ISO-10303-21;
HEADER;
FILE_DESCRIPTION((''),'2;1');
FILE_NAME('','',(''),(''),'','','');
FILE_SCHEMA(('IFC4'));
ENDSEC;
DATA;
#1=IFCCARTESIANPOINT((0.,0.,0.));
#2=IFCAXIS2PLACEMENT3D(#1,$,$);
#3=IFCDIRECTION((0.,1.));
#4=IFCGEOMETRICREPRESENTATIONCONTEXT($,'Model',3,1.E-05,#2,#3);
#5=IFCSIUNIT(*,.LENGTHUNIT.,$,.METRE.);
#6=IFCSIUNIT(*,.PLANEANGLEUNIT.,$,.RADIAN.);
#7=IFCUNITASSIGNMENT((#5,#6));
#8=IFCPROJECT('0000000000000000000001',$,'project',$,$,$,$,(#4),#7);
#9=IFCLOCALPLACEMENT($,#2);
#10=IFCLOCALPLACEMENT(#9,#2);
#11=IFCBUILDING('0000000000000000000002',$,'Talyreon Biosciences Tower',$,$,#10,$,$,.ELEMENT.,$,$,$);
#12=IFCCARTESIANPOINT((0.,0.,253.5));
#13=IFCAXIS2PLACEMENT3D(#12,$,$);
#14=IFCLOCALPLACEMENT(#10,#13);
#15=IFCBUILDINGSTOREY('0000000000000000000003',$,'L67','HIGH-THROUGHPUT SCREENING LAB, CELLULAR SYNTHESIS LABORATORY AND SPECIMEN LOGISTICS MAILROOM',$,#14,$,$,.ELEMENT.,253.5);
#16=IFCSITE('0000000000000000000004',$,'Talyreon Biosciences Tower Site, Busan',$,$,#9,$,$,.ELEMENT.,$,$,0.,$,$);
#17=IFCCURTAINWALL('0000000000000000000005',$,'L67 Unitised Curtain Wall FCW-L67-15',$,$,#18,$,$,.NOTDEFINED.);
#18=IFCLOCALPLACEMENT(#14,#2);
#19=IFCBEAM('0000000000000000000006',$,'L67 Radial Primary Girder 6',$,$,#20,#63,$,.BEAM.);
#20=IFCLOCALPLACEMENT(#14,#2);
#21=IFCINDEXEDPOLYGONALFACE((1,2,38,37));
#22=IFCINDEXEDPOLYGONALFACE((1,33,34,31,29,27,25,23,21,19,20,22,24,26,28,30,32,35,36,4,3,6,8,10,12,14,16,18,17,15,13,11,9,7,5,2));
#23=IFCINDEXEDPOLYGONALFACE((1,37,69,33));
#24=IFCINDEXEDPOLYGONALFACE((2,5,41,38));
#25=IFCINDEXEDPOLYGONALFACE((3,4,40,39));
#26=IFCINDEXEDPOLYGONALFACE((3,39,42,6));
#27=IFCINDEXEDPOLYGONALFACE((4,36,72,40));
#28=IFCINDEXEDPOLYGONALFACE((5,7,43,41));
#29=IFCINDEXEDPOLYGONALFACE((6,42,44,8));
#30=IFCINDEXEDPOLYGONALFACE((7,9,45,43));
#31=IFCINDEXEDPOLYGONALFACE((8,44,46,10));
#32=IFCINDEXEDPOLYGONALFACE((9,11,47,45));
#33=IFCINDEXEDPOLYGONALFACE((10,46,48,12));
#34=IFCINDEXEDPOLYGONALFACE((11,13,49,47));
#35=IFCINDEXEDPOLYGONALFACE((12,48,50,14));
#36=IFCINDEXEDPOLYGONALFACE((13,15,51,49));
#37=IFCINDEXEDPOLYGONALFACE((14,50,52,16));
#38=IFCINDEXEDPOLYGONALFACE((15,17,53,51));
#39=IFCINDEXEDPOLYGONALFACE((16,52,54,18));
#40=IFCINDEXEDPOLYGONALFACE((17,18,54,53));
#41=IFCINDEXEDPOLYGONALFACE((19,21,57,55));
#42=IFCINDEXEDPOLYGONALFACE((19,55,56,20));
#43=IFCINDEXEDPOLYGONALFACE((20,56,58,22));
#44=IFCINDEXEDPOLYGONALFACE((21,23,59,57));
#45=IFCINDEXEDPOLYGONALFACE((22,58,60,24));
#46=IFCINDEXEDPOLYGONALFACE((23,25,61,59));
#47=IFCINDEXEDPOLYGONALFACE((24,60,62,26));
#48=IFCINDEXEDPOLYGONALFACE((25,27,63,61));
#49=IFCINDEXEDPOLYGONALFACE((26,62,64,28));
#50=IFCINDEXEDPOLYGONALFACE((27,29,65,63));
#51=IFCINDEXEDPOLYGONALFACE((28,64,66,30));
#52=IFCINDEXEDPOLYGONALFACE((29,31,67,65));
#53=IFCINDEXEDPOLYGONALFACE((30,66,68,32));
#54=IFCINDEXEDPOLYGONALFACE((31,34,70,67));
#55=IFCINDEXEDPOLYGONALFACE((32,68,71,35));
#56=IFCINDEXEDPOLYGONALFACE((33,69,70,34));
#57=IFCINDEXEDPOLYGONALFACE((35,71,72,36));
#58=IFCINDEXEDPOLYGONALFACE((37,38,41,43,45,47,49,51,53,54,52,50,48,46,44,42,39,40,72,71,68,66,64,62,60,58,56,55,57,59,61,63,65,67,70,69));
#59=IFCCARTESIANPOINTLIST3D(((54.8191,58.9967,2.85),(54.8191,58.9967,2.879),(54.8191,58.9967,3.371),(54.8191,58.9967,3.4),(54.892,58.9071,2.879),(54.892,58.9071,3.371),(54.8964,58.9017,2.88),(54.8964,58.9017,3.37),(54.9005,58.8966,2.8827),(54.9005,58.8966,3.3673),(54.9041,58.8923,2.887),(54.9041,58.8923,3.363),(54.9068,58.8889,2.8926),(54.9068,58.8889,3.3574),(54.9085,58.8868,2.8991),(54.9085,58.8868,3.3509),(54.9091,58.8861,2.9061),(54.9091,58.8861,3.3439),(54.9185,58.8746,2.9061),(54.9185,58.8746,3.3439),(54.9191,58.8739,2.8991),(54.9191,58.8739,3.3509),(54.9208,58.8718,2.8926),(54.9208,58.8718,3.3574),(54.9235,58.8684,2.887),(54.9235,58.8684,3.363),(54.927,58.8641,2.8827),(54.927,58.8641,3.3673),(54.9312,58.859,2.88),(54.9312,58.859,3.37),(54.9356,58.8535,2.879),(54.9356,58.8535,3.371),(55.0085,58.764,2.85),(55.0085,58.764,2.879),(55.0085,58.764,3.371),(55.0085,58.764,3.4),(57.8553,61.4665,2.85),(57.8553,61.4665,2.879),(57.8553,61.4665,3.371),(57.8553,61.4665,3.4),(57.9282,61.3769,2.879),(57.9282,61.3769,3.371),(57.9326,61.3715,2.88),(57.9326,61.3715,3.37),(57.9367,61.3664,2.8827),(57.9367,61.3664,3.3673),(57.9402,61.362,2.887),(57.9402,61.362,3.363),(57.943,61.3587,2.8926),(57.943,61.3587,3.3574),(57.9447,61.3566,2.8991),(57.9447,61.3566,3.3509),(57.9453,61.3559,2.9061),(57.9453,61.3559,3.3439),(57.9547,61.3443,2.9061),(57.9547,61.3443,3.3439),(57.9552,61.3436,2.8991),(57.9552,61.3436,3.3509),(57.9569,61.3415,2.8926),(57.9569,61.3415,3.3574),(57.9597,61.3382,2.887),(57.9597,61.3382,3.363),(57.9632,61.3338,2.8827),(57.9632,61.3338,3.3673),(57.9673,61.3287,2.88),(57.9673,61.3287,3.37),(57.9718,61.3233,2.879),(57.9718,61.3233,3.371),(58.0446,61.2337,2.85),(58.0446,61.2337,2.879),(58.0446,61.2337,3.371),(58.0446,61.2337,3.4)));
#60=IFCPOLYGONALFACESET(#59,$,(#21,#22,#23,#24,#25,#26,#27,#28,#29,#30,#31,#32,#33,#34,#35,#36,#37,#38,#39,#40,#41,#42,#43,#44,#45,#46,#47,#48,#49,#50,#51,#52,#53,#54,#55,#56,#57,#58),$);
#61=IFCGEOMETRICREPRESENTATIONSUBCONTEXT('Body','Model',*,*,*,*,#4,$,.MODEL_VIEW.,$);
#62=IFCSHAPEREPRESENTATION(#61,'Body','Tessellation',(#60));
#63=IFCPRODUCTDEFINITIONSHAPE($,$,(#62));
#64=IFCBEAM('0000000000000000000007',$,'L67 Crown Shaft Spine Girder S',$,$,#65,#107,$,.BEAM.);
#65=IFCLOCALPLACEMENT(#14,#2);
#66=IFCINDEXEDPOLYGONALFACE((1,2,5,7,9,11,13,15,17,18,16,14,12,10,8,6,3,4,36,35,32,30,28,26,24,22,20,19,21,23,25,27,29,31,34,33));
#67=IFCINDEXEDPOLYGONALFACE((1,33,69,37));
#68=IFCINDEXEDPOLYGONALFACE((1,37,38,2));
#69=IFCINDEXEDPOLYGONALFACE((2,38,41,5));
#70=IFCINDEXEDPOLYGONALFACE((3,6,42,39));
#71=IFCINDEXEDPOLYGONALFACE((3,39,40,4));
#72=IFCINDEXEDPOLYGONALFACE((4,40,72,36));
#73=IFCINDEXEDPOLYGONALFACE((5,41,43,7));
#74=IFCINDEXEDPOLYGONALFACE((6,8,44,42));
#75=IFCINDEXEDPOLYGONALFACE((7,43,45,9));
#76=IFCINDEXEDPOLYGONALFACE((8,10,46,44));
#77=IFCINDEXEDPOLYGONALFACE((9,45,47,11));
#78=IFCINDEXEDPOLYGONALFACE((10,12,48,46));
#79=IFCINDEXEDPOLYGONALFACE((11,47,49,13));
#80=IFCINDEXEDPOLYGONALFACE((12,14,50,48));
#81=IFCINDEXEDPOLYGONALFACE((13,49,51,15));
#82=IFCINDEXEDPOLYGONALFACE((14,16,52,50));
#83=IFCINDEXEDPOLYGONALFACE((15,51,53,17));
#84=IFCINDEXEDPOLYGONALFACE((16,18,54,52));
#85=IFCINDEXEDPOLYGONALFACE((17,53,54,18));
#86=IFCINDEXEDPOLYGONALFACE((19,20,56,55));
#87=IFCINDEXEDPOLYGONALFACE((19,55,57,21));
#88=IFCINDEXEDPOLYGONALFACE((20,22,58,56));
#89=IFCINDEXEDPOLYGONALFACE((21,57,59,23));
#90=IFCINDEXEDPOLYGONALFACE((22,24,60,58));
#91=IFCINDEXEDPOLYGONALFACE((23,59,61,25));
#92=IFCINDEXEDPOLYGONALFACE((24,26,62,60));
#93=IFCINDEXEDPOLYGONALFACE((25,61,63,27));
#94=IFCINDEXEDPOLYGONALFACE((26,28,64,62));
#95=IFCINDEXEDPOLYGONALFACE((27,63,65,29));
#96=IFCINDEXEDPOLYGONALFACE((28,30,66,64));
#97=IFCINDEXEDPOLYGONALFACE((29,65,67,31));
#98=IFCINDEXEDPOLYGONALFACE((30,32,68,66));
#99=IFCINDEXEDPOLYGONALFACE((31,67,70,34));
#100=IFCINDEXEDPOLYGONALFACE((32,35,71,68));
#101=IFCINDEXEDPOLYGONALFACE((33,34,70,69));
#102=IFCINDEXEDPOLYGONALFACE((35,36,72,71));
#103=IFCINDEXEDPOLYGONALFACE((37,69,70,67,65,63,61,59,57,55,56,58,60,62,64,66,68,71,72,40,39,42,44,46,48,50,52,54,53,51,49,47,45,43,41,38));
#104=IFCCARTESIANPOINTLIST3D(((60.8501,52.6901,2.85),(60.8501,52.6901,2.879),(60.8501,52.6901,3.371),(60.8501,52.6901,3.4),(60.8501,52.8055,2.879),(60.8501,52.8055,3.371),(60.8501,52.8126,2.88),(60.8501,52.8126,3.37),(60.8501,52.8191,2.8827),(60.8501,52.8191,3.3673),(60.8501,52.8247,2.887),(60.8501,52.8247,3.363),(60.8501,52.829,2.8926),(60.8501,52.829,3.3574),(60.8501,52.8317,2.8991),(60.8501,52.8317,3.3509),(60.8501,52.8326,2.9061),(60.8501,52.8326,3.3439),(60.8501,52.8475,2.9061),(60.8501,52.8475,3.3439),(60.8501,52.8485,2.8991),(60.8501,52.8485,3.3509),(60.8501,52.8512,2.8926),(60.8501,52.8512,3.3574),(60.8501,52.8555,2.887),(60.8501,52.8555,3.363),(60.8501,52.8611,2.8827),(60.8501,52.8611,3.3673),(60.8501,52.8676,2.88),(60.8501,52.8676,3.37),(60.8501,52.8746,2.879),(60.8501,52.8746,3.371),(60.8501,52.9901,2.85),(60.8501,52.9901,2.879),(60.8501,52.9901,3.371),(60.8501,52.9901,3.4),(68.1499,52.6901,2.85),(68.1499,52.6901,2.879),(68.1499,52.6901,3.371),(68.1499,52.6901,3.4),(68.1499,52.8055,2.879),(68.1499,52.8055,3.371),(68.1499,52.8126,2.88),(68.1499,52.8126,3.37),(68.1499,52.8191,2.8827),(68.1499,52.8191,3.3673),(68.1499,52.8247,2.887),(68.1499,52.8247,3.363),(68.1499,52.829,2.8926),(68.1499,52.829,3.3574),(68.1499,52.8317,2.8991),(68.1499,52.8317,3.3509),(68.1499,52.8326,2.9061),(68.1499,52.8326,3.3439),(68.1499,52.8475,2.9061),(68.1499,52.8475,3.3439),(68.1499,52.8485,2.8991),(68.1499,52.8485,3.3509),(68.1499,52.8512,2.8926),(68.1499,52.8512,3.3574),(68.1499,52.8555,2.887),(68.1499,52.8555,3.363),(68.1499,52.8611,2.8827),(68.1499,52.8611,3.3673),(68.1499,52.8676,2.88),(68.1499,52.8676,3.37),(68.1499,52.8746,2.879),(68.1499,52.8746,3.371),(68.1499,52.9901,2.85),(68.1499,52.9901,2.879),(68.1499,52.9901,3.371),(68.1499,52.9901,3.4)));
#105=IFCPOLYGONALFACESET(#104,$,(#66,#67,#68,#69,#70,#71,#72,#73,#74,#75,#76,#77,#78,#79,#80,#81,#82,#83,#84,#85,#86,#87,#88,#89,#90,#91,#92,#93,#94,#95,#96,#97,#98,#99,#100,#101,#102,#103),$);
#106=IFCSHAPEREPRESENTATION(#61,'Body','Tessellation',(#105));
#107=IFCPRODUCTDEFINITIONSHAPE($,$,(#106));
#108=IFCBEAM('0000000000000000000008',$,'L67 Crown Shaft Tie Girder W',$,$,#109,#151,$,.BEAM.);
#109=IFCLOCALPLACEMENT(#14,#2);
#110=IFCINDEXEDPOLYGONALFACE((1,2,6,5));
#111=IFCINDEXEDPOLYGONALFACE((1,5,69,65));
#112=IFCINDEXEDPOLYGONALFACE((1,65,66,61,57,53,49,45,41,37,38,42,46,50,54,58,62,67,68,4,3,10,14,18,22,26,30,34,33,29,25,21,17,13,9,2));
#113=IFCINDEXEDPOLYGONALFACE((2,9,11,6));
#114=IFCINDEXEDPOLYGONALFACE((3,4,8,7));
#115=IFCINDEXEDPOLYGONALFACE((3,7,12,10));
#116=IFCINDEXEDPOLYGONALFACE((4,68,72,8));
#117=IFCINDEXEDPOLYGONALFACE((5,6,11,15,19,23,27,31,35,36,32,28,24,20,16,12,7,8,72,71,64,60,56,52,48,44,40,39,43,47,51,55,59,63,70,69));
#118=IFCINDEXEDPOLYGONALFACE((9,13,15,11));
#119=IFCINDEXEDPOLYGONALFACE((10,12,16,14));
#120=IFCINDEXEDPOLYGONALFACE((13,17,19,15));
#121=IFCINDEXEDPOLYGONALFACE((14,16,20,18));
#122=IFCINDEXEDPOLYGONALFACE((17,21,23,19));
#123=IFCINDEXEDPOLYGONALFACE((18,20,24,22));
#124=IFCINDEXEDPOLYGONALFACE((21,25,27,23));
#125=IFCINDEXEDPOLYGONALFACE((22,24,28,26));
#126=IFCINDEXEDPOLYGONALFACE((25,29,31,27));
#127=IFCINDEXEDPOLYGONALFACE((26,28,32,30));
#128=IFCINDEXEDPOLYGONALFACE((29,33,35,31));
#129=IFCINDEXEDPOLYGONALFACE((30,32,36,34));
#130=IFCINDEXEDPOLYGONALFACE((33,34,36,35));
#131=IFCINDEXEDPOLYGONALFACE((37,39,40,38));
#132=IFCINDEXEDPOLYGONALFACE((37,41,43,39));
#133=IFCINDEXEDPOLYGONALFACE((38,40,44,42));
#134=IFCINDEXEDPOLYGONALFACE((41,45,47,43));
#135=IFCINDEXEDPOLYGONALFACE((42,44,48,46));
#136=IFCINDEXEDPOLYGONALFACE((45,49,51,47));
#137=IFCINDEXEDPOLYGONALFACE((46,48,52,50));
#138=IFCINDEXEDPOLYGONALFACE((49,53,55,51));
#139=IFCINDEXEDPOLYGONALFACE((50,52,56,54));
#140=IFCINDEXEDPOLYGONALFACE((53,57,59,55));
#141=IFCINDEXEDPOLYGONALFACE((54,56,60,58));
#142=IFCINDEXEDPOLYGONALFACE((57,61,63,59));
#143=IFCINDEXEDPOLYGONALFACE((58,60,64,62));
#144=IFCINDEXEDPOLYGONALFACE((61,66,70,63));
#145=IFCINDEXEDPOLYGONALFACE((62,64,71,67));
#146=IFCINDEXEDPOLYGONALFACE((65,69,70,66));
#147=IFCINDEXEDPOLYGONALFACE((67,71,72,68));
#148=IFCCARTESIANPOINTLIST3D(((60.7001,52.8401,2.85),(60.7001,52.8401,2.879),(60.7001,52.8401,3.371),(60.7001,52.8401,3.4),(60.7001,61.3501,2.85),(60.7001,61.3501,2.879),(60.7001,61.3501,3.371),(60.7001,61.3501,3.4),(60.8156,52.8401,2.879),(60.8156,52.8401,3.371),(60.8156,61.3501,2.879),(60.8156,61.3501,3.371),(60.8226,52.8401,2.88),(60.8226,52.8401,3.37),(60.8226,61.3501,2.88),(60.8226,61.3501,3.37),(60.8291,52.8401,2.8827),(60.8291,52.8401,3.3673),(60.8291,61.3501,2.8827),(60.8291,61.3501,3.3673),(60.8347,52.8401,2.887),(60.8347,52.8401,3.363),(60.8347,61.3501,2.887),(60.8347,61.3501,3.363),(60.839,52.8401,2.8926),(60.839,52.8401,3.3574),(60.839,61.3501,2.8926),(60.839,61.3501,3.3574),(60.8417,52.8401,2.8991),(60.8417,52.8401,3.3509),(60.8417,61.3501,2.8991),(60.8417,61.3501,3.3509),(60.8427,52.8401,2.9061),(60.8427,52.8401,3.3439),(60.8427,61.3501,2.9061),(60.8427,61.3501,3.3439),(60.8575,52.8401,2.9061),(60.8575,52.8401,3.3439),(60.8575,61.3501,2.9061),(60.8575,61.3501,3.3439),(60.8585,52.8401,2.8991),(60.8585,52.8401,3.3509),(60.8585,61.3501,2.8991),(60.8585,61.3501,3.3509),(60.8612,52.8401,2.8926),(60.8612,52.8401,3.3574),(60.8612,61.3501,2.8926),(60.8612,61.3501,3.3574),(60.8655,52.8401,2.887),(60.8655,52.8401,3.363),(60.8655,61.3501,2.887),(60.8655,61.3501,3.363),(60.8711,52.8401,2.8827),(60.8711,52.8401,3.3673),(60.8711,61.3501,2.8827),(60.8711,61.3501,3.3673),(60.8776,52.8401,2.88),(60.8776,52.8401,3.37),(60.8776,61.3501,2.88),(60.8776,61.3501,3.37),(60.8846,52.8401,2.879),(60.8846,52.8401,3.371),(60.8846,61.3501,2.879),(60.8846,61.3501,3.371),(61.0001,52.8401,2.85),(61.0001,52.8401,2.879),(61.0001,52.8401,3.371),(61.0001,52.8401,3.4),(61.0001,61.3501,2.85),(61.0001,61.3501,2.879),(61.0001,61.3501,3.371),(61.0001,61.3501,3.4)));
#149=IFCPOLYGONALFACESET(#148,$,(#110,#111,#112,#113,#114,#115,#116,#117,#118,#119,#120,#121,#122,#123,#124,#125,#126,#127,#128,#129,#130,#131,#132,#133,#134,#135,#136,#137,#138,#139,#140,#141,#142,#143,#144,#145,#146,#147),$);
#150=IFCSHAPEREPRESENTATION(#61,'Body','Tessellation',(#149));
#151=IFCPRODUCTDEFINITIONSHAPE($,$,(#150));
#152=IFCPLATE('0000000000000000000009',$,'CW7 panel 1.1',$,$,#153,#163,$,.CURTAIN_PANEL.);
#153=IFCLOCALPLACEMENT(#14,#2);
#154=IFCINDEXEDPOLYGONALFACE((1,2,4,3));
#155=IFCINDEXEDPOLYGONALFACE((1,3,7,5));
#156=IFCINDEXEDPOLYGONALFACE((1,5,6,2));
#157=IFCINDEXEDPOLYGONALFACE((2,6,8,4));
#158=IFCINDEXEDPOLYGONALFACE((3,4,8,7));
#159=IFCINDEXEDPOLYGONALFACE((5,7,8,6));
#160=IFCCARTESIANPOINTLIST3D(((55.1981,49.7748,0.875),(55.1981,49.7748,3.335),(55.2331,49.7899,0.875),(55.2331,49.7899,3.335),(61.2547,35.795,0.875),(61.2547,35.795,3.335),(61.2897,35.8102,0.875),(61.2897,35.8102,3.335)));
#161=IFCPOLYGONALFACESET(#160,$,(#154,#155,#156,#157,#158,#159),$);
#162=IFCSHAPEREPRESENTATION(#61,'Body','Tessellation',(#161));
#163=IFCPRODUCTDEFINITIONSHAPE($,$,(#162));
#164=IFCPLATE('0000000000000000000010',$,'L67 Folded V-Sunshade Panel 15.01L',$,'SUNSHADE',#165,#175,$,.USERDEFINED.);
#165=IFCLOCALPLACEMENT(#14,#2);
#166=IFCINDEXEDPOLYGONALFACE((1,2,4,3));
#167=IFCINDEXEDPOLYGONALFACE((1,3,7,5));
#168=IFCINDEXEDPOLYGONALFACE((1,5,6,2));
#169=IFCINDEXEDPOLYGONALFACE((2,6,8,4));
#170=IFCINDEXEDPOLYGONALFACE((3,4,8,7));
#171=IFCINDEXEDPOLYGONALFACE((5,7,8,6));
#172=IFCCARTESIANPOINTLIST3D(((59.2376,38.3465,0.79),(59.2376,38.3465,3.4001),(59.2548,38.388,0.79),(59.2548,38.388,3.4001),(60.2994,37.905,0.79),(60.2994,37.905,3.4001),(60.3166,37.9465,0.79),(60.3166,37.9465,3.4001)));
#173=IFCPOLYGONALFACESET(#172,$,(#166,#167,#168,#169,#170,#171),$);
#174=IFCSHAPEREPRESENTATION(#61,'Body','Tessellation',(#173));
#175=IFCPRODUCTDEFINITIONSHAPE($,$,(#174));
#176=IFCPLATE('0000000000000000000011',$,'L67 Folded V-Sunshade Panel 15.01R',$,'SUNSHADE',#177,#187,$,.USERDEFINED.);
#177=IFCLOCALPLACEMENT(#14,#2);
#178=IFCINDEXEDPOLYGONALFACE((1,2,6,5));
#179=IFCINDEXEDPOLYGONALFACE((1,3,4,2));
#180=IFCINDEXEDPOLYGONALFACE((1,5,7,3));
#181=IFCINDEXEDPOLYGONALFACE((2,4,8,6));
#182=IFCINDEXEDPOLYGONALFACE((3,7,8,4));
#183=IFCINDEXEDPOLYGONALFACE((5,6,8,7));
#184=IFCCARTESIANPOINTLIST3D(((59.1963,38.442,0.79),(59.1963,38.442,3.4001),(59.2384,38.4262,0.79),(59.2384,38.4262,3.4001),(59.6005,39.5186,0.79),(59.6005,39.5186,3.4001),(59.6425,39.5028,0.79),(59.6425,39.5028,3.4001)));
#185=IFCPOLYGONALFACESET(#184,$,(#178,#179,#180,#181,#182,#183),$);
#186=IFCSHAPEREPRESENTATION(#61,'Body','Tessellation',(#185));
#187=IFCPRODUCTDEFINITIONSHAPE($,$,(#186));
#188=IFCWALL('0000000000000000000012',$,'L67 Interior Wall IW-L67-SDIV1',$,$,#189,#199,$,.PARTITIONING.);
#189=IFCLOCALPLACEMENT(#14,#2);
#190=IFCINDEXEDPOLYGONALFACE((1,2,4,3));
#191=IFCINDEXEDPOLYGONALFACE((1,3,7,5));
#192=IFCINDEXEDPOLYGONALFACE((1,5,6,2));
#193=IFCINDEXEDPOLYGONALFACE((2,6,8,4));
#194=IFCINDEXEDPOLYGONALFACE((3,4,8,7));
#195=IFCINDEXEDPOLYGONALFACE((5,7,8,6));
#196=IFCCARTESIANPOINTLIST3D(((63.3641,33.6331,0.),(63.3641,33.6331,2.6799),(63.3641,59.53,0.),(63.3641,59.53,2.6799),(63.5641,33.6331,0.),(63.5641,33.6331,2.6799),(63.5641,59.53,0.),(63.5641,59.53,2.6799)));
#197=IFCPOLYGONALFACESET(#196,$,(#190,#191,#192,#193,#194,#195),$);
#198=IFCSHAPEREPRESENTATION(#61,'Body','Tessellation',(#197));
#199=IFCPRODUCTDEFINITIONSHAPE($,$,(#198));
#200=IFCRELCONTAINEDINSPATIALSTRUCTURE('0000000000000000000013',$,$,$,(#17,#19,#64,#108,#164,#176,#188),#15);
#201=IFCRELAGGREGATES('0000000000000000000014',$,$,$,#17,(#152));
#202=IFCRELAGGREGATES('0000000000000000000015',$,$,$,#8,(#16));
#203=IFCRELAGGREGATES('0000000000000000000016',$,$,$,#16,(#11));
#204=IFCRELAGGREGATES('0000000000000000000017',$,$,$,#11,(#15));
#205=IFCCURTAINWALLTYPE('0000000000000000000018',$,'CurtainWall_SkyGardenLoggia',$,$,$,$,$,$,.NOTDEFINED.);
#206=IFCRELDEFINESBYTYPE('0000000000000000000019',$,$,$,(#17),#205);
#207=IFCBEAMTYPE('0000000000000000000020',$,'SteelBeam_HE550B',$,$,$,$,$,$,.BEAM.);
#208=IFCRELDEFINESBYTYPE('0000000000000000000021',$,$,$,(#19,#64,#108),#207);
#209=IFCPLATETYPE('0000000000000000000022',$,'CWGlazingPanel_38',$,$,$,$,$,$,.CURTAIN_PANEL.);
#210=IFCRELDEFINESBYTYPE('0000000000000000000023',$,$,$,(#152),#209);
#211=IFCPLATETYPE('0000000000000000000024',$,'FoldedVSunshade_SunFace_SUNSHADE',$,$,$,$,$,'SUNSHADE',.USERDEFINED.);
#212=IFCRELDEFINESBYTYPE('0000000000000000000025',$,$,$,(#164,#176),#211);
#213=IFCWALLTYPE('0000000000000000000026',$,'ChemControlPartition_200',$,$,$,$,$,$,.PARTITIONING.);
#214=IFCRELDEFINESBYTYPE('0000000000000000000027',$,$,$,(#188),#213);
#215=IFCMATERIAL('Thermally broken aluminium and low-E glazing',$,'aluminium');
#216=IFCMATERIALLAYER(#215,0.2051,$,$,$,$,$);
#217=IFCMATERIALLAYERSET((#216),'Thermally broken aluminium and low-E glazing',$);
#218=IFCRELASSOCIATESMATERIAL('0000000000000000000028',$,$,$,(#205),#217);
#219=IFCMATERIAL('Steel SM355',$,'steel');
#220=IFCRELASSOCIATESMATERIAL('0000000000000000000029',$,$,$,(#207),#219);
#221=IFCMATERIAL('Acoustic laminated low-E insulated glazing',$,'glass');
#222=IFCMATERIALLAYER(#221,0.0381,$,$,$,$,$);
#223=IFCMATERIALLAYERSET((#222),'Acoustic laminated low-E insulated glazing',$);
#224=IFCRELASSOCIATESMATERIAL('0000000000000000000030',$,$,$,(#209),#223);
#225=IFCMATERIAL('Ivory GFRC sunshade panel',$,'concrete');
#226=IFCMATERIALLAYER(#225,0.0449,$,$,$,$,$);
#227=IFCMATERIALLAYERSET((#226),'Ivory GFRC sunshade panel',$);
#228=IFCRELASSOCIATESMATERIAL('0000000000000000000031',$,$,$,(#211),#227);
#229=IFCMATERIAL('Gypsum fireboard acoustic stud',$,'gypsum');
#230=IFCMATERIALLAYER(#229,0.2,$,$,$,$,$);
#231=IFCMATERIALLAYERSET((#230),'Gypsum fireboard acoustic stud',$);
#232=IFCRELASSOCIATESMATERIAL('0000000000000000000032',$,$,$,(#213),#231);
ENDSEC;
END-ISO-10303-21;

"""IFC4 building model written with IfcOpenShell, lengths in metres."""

from ifc_helpers import new_model, si_unit, direction, frame, frame_2d, origin, origin_2d, place, context, subcontext, project, spatial, rectangle, i_section, extrude, material, layer, layer_set, material_profile, profile_set, type_object, element, aggregate, save


model = new_model("IFC4")

# Units and contexts
model_context = context("Model", 3, precision=1e-05, world=origin(), true_north=direction((0.0, 1.0)))
body_context = subcontext(model_context, "Body", "Model", "MODEL_VIEW")
ifc_project = project(units=[si_unit("LENGTHUNIT", "METRE"), si_unit("PLANEANGLEUNIT", "RADIAN")], contexts=[model_context])

# Site, building, storey
site_placement = place(None, origin())
site = spatial("IfcSite", under=ifc_project, at=site_placement, Name="Talyreon Biosciences Tower Site, Busan", CompositionType="ELEMENT", RefElevation=0.0)
building_placement = place(site_placement, origin())
building = spatial("IfcBuilding", under=site, at=building_placement, Name="Talyreon Biosciences Tower", CompositionType="ELEMENT")
storey_placement = place(building_placement, frame((0.0, 0.0, 253.5)))
storey = spatial("IfcBuildingStorey", under=building, at=storey_placement, Name="L67", Description="HIGH-THROUGHPUT SCREENING LAB, CELLULAR SYNTHESIS LABORATORY AND SPECIMEN LOGISTICS MAILROOM", CompositionType="ELEMENT", Elevation=253.5)

# Curtain wall
ifc_material_1 = material(Name="Thermally broken aluminium and low-E glazing", Category="aluminium")
ifc_layer_1 = layer(ifc_material_1, 0.2051)
ifc_layer_set_1 = layer_set([ifc_layer_1], Name="Thermally broken aluminium and low-E glazing")
curtain_wall_type = type_object("IfcCurtainWallType", Name="CurtainWall_SkyGardenLoggia", PredefinedType="NOTDEFINED", material=ifc_layer_set_1)
curtain_wall_placement = place(storey_placement, origin())
curtain_wall = element("IfcCurtainWall", 1, at=curtain_wall_placement, inside=storey, type_object=curtain_wall_type, Name="L67 Unitised Curtain Wall FCW-L67-15", PredefinedType="NOTDEFINED")

# Beams
ifc_material_2 = material(Name="Steel SM355", Category="steel")
ifc_material_profile_1 = material_profile(ifc_material_2, i_section(OverallWidth=0.3, OverallDepth=0.55, WebThickness=0.0149, FlangeThickness=0.0291, FilletRadius=0.0271, at=origin_2d()), Name="HE550B")
ifc_profile_set_1 = profile_set([ifc_material_profile_1], Name="Steel SM355")
beam_type_1 = type_object("IfcBeamType", Name="SteelBeam_HE550B", PredefinedType="BEAM", material=ifc_profile_set_1)
beam_1_placement = place(storey_placement, frame((57.95, 61.3501, 3.125), z_axis=(-0.775755, -0.631034, 0.0), x_axis=(0.631034, -0.775755, 0.0)))
element("IfcBeam", 2, at=beam_1_placement, inside=storey, type_object=beam_type_1, Name="L67 Radial Primary Girder 6", PredefinedType="BEAM", context=body_context, shape_type="SweptSolid", body=[
    extrude(i_section(OverallWidth=0.3, OverallDepth=0.55, WebThickness=0.0149, FlangeThickness=0.0291, FilletRadius=0.0271, at=origin_2d()), origin(), (0.0, 0.0, 1.0), 3.9138),
])
beam_2_placement = place(storey_placement, frame((60.8501, 52.8401, 3.125), z_axis=(1.0, 0.0, 0.0), x_axis=(0.0, 1.0, 0.0)))
element("IfcBeam", 3, at=beam_2_placement, inside=storey, type_object=beam_type_1, Name="L67 Crown Shaft Spine Girder S", PredefinedType="BEAM", context=body_context, shape_type="SweptSolid", body=[
    extrude(i_section(OverallWidth=0.3, OverallDepth=0.55, WebThickness=0.0149, FlangeThickness=0.0291, FilletRadius=0.0271, at=origin_2d()), origin(), (0.0, 0.0, 1.0), 7.2998),
])
beam_3_placement = place(storey_placement, frame((60.8501, 52.8401, 3.125), z_axis=(0.0, 1.0, 0.0), x_axis=(-1.0, 0.0, 0.0)))
element("IfcBeam", 4, at=beam_3_placement, inside=storey, type_object=beam_type_1, Name="L67 Crown Shaft Tie Girder W", PredefinedType="BEAM", context=body_context, shape_type="SweptSolid", body=[
    extrude(i_section(OverallWidth=0.3, OverallDepth=0.55, WebThickness=0.0149, FlangeThickness=0.0291, FilletRadius=0.0271, at=origin_2d()), origin(), (0.0, 0.0, 1.0), 8.51),
])

# Plate
ifc_material_3 = material(Name="Acoustic laminated low-E insulated glazing", Category="glass")
ifc_layer_2 = layer(ifc_material_3, 0.0381)
ifc_layer_set_2 = layer_set([ifc_layer_2], Name="Acoustic laminated low-E insulated glazing")
plate_type_1 = type_object("IfcPlateType", Name="CWGlazingPanel_38", PredefinedType="CURTAIN_PANEL", material=ifc_layer_set_2)
plate_placement = place(storey_placement, frame((58.2439, 42.7925, 0.875), z_axis=(0.0, 0.0, 1.0), x_axis=(-0.397537, 0.917586, 0.0)))
plate = element("IfcPlate", 5, at=plate_placement, type_object=plate_type_1, Name="CW7 panel 1.1", PredefinedType="CURTAIN_PANEL", context=body_context, shape_type="SweptSolid", body=[
    extrude(rectangle(XDim=15.2354, YDim=0.0381, at=origin_2d()), origin(), (0.0, 0.0, 1.0), 2.46),
])
aggregate(curtain_wall, [plate])

# Plates
ifc_material_4 = material(Name="Ivory GFRC sunshade panel", Category="concrete")
ifc_layer_3 = layer(ifc_material_4, 0.0449)
ifc_layer_set_3 = layer_set([ifc_layer_3], Name="Ivory GFRC sunshade panel")
plate_type_2 = type_object("IfcPlateType", Name="FoldedVSunshade_SunFace_SUNSHADE", ElementType="SUNSHADE", PredefinedType="USERDEFINED", material=ifc_layer_set_3)
for number, where, z_axis, x_axis, name in (
    (6, (59.7771, 38.1465, 0.79), (0.0, 0.0, 1.0), (-0.923371, 0.383909, 0.0), "L67 Folded V-Sunshade Panel 15.01L"),
    (7, (59.4194, 38.9724, 0.79), (0.0, 0.0, 1.0), (0.35145, 0.936207, 0.0), "L67 Folded V-Sunshade Panel 15.01R"),
):
    element("IfcPlate", number, at=place(storey_placement, frame(where, z_axis=z_axis, x_axis=x_axis)), inside=storey, type_object=plate_type_2, Name=name, ObjectType="SUNSHADE", PredefinedType="USERDEFINED", context=body_context, shape_type="SweptSolid", body=[
        extrude(rectangle(XDim=1.1499, YDim=0.0449, at=origin_2d()), origin(), (0.0, 0.0, 1.0), 2.6101),
    ])

# Wall
ifc_material_5 = material(Name="Gypsum fireboard acoustic stud", Category="gypsum")
ifc_layer_4 = layer(ifc_material_5, 0.2)
ifc_layer_set_4 = layer_set([ifc_layer_4], Name="Gypsum fireboard acoustic stud")
wall_type_1 = type_object("IfcWallType", Name="ChemControlPartition_200", PredefinedType="PARTITIONING", material=ifc_layer_set_4)
wall_1_placement = place(storey_placement, frame((63.4641, 33.6331, 0.0), z_axis=(0.0, 0.0, 1.0), x_axis=(0.0, 1.0, 0.0)))
element("IfcWall", 8, at=wall_1_placement, inside=storey, type_object=wall_type_1, Name="L67 Interior Wall IW-L67-SDIV1", PredefinedType="PARTITIONING", context=body_context, shape_type="SweptSolid", body=[
    extrude(rectangle(XDim=25.897, YDim=0.2, at=frame_2d((12.9485, 0.0))), origin(), (0.0, 0.0, 1.0), 2.6799),
])

save(model, "model.ifc")
